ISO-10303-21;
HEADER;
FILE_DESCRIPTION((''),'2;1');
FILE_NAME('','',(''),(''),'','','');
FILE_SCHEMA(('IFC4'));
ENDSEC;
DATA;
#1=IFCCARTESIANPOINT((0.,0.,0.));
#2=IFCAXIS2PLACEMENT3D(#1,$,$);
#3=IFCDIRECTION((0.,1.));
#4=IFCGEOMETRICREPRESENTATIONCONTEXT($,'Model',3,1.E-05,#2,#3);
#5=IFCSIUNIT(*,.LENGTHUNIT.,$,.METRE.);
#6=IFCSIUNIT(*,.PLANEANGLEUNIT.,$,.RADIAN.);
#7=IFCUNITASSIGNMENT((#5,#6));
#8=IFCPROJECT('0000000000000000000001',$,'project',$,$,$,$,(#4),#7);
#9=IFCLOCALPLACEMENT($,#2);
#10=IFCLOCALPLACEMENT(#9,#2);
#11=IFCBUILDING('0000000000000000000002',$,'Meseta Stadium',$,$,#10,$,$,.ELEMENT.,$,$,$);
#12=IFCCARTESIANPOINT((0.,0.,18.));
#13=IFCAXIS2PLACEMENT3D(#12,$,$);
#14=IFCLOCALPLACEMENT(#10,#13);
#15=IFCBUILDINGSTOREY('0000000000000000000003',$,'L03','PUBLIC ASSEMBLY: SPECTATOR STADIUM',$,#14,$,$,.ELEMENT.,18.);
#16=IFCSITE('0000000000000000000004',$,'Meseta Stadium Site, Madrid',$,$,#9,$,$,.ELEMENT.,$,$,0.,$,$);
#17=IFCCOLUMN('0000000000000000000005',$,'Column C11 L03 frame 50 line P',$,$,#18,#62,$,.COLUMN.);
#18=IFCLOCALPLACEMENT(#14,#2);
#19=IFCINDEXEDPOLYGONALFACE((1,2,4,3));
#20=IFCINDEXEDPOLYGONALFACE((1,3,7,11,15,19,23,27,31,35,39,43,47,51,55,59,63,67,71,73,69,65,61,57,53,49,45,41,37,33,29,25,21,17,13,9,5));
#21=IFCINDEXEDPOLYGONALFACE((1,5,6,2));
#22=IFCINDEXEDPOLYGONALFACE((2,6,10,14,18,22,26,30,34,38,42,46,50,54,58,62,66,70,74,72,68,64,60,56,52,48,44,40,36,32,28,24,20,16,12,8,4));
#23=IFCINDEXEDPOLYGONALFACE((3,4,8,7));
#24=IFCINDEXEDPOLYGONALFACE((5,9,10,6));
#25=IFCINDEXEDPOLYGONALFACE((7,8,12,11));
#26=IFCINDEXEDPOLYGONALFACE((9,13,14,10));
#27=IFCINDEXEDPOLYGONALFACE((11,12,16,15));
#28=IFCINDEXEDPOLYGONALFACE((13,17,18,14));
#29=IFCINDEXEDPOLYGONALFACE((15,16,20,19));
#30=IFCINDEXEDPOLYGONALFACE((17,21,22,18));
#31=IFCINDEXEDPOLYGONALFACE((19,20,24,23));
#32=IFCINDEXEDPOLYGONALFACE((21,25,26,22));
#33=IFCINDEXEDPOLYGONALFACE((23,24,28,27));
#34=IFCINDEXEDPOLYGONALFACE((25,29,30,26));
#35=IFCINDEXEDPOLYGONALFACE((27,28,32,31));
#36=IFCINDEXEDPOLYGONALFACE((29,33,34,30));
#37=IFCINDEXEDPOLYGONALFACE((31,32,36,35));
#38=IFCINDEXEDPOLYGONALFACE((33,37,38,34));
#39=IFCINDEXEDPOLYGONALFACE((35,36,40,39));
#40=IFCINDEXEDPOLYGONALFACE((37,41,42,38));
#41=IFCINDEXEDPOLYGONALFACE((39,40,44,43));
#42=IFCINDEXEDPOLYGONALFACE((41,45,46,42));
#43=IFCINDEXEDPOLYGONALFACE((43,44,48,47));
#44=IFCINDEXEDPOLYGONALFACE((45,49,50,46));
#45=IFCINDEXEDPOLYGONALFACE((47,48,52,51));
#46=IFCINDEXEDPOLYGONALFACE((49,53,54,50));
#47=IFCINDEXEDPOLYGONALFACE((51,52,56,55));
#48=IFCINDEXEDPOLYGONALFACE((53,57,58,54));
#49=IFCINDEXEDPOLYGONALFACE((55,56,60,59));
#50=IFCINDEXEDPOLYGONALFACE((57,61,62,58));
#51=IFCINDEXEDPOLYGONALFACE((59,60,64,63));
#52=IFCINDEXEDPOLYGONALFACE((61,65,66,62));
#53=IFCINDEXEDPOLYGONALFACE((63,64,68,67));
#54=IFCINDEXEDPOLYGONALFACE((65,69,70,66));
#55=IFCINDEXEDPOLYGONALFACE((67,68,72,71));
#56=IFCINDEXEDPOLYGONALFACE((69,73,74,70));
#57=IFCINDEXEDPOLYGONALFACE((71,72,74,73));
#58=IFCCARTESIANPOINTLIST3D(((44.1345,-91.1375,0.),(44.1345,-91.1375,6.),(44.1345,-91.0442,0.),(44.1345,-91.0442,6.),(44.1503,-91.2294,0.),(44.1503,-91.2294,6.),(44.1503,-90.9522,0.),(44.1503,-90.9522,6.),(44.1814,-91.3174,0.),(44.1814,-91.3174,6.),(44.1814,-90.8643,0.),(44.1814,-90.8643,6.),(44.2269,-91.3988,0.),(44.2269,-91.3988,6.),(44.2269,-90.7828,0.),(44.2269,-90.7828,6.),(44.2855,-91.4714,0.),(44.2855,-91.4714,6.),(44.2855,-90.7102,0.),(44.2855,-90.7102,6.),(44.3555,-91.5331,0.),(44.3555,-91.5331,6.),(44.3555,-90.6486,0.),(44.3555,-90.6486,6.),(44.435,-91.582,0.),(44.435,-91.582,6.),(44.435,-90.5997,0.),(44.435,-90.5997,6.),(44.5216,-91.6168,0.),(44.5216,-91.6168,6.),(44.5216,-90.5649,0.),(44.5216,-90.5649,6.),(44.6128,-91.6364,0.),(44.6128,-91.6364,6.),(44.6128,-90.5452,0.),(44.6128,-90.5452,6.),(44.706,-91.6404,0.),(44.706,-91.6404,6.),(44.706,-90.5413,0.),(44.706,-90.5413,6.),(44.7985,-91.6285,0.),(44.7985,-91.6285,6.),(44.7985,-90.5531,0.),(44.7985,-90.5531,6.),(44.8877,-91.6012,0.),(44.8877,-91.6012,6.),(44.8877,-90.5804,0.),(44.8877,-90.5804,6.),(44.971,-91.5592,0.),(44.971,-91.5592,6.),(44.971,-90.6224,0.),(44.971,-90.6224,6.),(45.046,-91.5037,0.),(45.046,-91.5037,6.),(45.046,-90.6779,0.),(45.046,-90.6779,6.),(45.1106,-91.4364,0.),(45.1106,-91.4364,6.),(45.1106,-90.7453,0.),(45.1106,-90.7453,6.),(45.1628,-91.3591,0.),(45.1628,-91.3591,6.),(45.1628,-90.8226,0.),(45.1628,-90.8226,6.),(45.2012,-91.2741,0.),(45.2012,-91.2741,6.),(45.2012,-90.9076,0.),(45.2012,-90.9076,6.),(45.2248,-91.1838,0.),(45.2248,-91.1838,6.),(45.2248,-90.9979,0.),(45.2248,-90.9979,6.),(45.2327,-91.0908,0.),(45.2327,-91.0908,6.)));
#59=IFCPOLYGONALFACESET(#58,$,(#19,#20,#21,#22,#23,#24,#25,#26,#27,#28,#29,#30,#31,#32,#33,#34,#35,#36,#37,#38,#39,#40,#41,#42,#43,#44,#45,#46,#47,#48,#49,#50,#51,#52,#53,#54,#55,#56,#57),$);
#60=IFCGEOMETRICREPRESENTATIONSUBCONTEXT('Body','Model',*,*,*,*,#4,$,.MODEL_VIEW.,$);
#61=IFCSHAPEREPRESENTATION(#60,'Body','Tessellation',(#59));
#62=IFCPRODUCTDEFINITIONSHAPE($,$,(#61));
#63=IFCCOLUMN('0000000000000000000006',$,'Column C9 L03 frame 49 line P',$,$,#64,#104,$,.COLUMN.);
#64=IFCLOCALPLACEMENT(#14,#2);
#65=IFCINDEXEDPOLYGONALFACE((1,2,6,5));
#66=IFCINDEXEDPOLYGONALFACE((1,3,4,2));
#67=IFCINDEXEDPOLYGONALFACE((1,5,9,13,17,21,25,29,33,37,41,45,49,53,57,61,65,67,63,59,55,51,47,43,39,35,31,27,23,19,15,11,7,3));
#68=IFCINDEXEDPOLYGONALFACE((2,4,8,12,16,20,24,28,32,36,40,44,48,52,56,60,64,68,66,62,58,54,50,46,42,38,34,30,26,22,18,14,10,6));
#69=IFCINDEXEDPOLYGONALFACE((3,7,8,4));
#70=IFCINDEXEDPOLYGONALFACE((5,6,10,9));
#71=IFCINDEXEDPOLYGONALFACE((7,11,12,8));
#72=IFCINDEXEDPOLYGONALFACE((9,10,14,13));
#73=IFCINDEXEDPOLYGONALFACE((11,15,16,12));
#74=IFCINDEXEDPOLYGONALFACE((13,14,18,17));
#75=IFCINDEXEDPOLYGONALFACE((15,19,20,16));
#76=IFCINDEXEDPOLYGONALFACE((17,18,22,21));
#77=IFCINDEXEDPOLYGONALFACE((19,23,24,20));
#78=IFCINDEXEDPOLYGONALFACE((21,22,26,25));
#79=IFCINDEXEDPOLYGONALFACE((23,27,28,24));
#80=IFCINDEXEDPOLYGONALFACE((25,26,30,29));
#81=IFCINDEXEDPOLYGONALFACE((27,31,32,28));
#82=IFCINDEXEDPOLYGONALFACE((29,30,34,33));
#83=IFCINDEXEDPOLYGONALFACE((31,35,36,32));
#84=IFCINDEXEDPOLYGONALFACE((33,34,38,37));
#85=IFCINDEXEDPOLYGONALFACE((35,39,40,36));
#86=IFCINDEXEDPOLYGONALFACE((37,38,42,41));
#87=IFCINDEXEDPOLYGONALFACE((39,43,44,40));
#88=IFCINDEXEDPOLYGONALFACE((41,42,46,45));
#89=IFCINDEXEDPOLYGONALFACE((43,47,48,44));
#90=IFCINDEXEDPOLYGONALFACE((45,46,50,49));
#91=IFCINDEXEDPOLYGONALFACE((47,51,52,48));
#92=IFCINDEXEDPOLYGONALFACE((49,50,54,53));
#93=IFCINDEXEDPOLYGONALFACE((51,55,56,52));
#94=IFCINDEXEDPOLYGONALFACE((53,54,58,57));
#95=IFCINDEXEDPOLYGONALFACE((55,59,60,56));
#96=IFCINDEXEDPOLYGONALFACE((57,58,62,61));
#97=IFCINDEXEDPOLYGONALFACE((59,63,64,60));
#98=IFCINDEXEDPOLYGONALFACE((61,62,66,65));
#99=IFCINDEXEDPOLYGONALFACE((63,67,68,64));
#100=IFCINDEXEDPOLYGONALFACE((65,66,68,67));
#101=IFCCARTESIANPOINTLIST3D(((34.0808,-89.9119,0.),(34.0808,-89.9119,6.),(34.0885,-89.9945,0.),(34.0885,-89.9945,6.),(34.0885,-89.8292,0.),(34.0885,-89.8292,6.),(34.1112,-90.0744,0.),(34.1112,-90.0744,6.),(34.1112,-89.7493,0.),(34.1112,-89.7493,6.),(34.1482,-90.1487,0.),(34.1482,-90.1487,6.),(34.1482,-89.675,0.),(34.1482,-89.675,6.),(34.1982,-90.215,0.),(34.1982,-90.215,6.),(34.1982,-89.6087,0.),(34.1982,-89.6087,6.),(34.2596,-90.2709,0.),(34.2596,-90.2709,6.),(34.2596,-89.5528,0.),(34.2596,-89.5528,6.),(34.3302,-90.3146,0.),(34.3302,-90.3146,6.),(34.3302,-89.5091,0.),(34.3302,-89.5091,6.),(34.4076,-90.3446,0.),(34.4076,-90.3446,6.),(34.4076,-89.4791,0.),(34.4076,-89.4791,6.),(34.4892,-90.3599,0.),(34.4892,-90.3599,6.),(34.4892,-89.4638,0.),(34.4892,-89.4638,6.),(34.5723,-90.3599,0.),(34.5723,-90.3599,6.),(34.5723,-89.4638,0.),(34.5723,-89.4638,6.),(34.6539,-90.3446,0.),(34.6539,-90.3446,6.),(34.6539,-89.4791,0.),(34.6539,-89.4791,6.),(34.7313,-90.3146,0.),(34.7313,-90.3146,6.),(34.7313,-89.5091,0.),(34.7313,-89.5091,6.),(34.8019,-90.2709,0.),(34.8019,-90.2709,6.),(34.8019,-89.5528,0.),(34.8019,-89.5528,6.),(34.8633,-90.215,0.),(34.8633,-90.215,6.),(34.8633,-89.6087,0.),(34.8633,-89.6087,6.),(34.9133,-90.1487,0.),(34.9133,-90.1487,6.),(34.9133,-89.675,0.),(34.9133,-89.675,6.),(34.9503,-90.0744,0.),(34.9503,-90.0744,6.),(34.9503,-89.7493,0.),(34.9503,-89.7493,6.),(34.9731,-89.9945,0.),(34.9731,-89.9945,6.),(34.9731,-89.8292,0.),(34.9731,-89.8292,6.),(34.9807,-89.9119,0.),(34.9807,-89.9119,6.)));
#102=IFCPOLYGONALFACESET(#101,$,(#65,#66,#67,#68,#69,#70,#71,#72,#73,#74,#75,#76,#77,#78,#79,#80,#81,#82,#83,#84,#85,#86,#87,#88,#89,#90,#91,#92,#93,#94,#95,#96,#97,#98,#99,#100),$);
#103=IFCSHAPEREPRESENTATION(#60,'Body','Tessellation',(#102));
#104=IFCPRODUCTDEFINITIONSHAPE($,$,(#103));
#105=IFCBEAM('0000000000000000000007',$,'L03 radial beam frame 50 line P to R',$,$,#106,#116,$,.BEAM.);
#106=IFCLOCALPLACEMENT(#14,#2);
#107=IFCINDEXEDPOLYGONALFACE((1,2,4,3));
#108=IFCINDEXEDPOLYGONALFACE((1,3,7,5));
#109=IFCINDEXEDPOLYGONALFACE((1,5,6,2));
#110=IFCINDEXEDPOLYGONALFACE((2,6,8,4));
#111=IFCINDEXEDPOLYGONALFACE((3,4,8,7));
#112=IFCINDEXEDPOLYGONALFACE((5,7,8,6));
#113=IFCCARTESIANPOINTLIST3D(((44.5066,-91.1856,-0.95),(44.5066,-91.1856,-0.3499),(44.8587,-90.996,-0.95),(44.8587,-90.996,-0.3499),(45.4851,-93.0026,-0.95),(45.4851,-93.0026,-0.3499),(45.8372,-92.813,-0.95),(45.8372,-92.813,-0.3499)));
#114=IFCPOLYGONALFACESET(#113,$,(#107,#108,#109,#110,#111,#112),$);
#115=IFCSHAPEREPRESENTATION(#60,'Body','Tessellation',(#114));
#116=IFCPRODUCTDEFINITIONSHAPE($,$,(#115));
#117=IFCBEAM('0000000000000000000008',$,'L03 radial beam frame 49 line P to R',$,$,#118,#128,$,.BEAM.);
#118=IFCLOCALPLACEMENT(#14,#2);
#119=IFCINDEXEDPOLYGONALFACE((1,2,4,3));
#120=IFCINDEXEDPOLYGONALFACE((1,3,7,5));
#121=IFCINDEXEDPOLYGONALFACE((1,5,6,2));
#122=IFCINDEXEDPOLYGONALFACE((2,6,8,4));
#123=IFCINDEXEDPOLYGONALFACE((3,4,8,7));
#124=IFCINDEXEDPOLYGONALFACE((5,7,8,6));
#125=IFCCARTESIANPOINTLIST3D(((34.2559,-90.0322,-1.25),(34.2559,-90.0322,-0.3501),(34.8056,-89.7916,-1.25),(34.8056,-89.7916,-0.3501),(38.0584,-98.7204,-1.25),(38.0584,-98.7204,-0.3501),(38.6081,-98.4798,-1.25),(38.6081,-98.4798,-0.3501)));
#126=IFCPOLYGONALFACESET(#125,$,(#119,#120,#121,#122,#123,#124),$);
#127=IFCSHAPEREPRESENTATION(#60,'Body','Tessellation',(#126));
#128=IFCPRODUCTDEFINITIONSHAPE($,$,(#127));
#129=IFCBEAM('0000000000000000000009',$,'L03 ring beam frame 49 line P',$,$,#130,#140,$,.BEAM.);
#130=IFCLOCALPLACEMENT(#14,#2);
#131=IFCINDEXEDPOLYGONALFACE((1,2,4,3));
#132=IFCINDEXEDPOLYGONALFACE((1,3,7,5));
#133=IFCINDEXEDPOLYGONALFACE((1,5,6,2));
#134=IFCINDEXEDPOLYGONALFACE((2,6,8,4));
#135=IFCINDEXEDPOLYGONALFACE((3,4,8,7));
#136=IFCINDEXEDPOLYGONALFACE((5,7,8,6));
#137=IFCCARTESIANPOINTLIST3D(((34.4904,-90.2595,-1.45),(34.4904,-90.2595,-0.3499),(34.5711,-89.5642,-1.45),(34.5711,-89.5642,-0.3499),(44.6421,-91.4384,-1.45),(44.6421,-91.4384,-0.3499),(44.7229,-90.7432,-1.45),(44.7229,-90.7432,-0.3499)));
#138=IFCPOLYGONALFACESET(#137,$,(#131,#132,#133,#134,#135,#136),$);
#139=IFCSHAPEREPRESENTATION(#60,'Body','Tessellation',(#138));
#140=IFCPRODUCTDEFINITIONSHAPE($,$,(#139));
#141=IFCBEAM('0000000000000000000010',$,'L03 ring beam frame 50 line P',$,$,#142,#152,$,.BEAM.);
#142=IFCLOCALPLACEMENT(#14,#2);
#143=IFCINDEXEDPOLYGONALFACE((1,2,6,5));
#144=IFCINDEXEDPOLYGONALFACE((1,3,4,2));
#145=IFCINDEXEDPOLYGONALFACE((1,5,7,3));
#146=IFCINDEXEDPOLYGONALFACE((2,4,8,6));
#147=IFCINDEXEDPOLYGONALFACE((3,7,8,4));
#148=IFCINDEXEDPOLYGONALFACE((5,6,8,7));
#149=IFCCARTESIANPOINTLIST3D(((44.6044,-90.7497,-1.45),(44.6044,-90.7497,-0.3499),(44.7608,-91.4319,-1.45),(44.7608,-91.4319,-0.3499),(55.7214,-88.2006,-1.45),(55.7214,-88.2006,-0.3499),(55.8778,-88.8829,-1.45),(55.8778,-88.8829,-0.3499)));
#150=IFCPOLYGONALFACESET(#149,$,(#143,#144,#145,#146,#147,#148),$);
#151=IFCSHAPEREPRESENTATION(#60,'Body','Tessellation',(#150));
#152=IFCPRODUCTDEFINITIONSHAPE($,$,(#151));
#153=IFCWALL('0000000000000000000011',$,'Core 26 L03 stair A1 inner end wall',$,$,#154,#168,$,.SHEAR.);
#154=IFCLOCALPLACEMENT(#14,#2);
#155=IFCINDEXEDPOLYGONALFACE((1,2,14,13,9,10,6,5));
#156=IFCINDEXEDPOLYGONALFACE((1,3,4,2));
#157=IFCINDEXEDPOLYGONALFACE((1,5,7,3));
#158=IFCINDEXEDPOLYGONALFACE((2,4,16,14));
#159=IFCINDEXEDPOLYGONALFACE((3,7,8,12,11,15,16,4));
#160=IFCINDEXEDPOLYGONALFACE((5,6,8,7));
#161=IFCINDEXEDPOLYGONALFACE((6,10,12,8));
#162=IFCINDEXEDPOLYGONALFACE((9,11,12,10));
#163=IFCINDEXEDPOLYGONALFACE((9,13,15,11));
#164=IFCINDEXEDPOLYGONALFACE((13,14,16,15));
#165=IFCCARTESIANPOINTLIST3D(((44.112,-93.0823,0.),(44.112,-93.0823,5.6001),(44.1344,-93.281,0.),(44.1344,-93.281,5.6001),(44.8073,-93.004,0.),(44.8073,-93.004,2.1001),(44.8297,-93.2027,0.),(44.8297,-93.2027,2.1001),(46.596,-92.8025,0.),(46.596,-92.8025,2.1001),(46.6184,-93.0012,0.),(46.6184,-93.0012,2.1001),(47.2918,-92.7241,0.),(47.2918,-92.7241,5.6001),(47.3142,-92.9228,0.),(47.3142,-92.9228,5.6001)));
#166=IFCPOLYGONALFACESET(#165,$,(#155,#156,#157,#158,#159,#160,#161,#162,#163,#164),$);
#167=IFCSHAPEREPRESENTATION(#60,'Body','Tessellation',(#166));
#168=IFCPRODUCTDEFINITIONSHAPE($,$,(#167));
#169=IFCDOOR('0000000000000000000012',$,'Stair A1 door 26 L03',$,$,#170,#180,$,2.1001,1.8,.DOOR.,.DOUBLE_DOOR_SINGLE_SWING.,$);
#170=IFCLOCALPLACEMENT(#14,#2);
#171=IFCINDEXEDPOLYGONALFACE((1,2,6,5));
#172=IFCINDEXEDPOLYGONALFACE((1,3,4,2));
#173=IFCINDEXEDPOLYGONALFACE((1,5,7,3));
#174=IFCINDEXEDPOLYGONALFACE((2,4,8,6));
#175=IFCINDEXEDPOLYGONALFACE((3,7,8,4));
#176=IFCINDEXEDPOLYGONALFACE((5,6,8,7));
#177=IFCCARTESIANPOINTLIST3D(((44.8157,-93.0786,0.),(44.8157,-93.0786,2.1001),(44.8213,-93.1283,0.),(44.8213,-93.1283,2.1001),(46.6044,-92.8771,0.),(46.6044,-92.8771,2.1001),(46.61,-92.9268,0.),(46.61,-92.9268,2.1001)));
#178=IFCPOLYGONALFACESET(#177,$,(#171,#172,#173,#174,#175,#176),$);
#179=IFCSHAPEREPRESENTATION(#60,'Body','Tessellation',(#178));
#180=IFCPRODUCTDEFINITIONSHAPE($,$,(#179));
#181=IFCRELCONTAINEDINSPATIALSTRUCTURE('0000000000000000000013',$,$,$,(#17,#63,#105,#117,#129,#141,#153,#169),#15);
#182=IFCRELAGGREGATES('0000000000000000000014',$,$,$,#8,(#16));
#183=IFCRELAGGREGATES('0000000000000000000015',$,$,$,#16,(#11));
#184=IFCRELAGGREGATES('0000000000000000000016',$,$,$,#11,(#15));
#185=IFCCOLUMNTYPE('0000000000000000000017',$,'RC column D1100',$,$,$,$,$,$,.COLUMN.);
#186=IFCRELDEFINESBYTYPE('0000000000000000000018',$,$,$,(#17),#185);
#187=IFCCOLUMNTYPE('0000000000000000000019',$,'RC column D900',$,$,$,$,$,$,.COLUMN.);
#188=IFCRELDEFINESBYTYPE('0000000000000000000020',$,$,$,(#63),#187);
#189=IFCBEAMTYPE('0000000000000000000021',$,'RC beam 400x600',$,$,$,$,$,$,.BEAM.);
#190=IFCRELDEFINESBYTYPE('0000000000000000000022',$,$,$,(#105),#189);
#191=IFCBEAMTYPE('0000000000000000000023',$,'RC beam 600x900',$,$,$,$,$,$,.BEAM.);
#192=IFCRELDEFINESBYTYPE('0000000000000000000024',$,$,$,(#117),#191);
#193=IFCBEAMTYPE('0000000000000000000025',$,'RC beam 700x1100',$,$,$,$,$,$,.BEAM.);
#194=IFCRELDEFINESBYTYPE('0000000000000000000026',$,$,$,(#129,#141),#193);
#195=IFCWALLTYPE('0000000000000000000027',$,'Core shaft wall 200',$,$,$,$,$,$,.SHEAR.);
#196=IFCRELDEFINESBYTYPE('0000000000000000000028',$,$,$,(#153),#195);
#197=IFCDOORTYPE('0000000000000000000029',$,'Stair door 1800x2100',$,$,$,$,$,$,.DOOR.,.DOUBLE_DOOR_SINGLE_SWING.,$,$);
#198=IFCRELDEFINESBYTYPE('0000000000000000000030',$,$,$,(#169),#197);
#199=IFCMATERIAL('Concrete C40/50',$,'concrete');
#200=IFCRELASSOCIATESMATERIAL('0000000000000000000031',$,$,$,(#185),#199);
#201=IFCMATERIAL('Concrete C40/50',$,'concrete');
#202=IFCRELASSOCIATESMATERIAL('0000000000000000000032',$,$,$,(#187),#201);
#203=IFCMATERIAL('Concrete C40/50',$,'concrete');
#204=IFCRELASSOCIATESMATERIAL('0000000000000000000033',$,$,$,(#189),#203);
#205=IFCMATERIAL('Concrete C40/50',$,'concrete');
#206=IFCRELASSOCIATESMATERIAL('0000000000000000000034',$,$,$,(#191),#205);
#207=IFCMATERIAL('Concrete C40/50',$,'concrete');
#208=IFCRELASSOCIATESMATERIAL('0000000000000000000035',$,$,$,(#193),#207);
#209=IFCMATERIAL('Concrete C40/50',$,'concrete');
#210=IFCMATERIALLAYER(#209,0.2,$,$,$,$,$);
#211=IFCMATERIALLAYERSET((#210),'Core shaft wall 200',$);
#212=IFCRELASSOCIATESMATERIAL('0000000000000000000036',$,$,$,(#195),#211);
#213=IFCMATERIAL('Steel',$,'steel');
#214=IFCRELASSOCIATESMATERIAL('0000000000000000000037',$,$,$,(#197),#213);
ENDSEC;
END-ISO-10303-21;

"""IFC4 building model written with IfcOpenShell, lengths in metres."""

from ifc_helpers import new_model, si_unit, direction, frame, frame_2d, origin, origin_2d, place, context, subcontext, project, spatial, rectangle, circle, extrude, material, layer, layer_set, material_profile, profile_set, type_object, element, fill, save


model = new_model("IFC4")

# Units and contexts
model_context = context("Model", 3, precision=1e-05, world=origin(), true_north=direction((0.0, 1.0)))
body_context = subcontext(model_context, "Body", "Model", "MODEL_VIEW")
ifc_project = project(units=[si_unit("LENGTHUNIT", "METRE"), si_unit("PLANEANGLEUNIT", "RADIAN")], contexts=[model_context])

# Site, building, storey
site_placement = place(None, origin())
site = spatial("IfcSite", under=ifc_project, at=site_placement, Name="Meseta Stadium Site, Madrid", CompositionType="ELEMENT", RefElevation=0.0)
building_placement = place(site_placement, origin())
building = spatial("IfcBuilding", under=site, at=building_placement, Name="Meseta Stadium", CompositionType="ELEMENT")
storey_placement = place(building_placement, frame((0.0, 0.0, 18.0)))
storey = spatial("IfcBuildingStorey", under=building, at=storey_placement, Name="L03", Description="PUBLIC ASSEMBLY: SPECTATOR STADIUM", CompositionType="ELEMENT", Elevation=18.0)

# Columns
ifc_material_1 = material(Name="Concrete C40/50", Category="concrete")
ifc_material_profile_1 = material_profile(ifc_material_1, circle(Radius=0.55, at=origin_2d()), Name="RC D1100")
ifc_profile_set_1 = profile_set([ifc_material_profile_1], Name="Concrete C40/50")
column_type_1 = type_object("IfcColumnType", Name="RC column D1100", PredefinedType="COLUMN", material=ifc_profile_set_1)
column_1_placement = place(storey_placement, frame((44.6826, -91.0908, 0.0), z_axis=(0.0, 0.0, 1.0), x_axis=(1.0, 0.0, 0.0)))
element("IfcColumn", 1, at=column_1_placement, inside=storey, type_object=column_type_1, Name="Column C11 L03 frame 50 line P", PredefinedType="COLUMN", context=body_context, shape_type="SweptSolid", body=[
    extrude(circle(Radius=0.55, at=origin_2d()), origin(), (0.0, 0.0, 1.0), 6.0),
])
ifc_material_2 = material(Name="Concrete C40/50", Category="concrete")
ifc_material_profile_2 = material_profile(ifc_material_2, circle(Radius=0.45, at=origin_2d()), Name="RC D900")
ifc_profile_set_2 = profile_set([ifc_material_profile_2], Name="Concrete C40/50")
column_type_2 = type_object("IfcColumnType", Name="RC column D900", PredefinedType="COLUMN", material=ifc_profile_set_2)
column_2_placement = place(storey_placement, frame((34.5308, -89.9119, 0.0), z_axis=(0.0, 0.0, 1.0), x_axis=(1.0, 0.0, 0.0)))
element("IfcColumn", 2, at=column_2_placement, inside=storey, type_object=column_type_2, Name="Column C9 L03 frame 49 line P", PredefinedType="COLUMN", context=body_context, shape_type="SweptSolid", body=[
    extrude(circle(Radius=0.45, at=origin_2d()), origin(), (0.0, 0.0, 1.0), 6.0),
])

# Beams
ifc_material_3 = material(Name="Concrete C40/50", Category="concrete")
ifc_material_profile_3 = material_profile(ifc_material_3, rectangle(XDim=0.3999, YDim=0.6001, at=origin_2d()), Name="RC 400x600")
ifc_profile_set_3 = profile_set([ifc_material_profile_3], Name="Concrete C40/50")
beam_type_1 = type_object("IfcBeamType", Name="RC beam 400x600", PredefinedType="BEAM", material=ifc_profile_set_3)
beam_1_placement = place(storey_placement, frame((44.6826, -91.0908, -0.6499), z_axis=(0.47417, -0.880433, 0.0), x_axis=(0.880433, 0.47417, 0.0)))
element("IfcBeam", 3, at=beam_1_placement, inside=storey, type_object=beam_type_1, Name="L03 radial beam frame 50 line P to R", PredefinedType="BEAM", context=body_context, shape_type="SweptSolid", body=[
    extrude(rectangle(XDim=0.3999, YDim=0.6001, at=origin_2d()), origin(), (0.0, 0.0, 1.0), 2.0637),
])
ifc_material_4 = material(Name="Concrete C40/50", Category="concrete")
ifc_material_profile_4 = material_profile(ifc_material_4, rectangle(XDim=0.6001, YDim=0.8999, at=origin_2d()), Name="RC 600x900")
ifc_profile_set_4 = profile_set([ifc_material_profile_4], Name="Concrete C40/50")
beam_type_2 = type_object("IfcBeamType", Name="RC beam 600x900", PredefinedType="BEAM", material=ifc_profile_set_4)
beam_2_placement = place(storey_placement, frame((34.5308, -89.9119, -0.8), z_axis=(0.400942, -0.916104, 0.0), x_axis=(0.916104, 0.400942, 0.0)))
element("IfcBeam", 4, at=beam_2_placement, inside=storey, type_object=beam_type_2, Name="L03 radial beam frame 49 line P to R", PredefinedType="BEAM", context=body_context, shape_type="SweptSolid", body=[
    extrude(rectangle(XDim=0.6001, YDim=0.8999, at=origin_2d()), origin(), (0.0, 0.0, 1.0), 9.4839),
])
ifc_material_5 = material(Name="Concrete C40/50", Category="concrete")
ifc_material_profile_5 = material_profile(ifc_material_5, rectangle(XDim=0.7, YDim=1.1001, at=origin_2d()), Name="RC 700x1100")
ifc_profile_set_5 = profile_set([ifc_material_profile_5], Name="Concrete C40/50")
beam_type_3 = type_object("IfcBeamType", Name="RC beam 700x1100", PredefinedType="BEAM", material=ifc_profile_set_5)
beam_3_placement = place(storey_placement, frame((34.5308, -89.9119, -0.8999), z_axis=(0.993324, -0.115357, 0.0), x_axis=(0.115357, 0.993324, 0.0)))
element("IfcBeam", 5, at=beam_3_placement, inside=storey, type_object=beam_type_3, Name="L03 ring beam frame 49 line P", PredefinedType="BEAM", context=body_context, shape_type="SweptSolid", body=[
    extrude(rectangle(XDim=0.7, YDim=1.1001, at=origin_2d()), origin(), (0.0, 0.0, 1.0), 10.22),
])
beam_4_placement = place(storey_placement, frame((44.6826, -91.0908, -0.8999), z_axis=(0.974705, 0.223496, 0.0), x_axis=(-0.223496, 0.974705, 0.0)))
element("IfcBeam", 6, at=beam_4_placement, inside=storey, type_object=beam_type_3, Name="L03 ring beam frame 50 line P", PredefinedType="BEAM", context=body_context, shape_type="SweptSolid", body=[
    extrude(rectangle(XDim=0.7, YDim=1.1001, at=origin_2d()), origin(), (0.0, 0.0, 1.0), 11.4055),
])

# Wall, opening, door
ifc_material_6 = material(Name="Concrete C40/50", Category="concrete")
ifc_layer_1 = layer(ifc_material_6, 0.2)
ifc_layer_set_1 = layer_set([ifc_layer_1], Name="Core shaft wall 200")
wall_type_1 = type_object("IfcWallType", Name="Core shaft wall 200", PredefinedType="SHEAR", material=ifc_layer_set_1)
wall_1_placement = place(storey_placement, frame((44.123, -93.1816, 0.0), z_axis=(0.0, 0.0, 1.0), x_axis=(0.993717, 0.111922, 0.0)))
wall_1 = element("IfcWall", 7, at=wall_1_placement, inside=storey, type_object=wall_type_1, Name="Core 26 L03 stair A1 inner end wall", PredefinedType="SHEAR", context=body_context, shape_type="SweptSolid", body=[
    extrude(rectangle(XDim=3.2, YDim=0.2, at=frame_2d((1.6001, 0.0))), origin(), (0.0, 0.0, 1.0), 5.6001),
])
opening_1_placement = place(wall_1_placement, frame((0.7, 0.0, 0.0)))
opening_1 = element("IfcOpeningElement", 8, at=opening_1_placement, cuts=wall_1, PredefinedType="OPENING", context=body_context, shape_type="SweptSolid", body=[
    extrude(rectangle(XDim=1.8, YDim=2.1001, at=frame_2d((0.8999, 1.05))), frame((0.0, 0.1099, 0.0), z_axis=(0.0, -1.0, 0.0), x_axis=(1.0, 0.0, 0.0)), (0.0, 0.0, 1.0), 0.22),
])
ifc_material_7 = material(Name="Steel", Category="steel")
door_type = type_object("IfcDoorType", Name="Stair door 1800x2100", OperationType="DOUBLE_DOOR_SINGLE_SWING", PredefinedType="DOOR", material=ifc_material_7)
door_1_placement = place(opening_1_placement, origin())
door_1 = element("IfcDoor", 9, at=door_1_placement, inside=storey, type_object=door_type, Name="Stair A1 door 26 L03", OperationType="DOUBLE_DOOR_SINGLE_SWING", OverallHeight=2.1001, OverallWidth=1.8, PredefinedType="DOOR", context=body_context, shape_type="SweptSolid", body=[
    extrude(rectangle(XDim=1.8, YDim=2.1001, at=frame_2d((0.8999, 1.05))), frame((0.0, 0.0249, 0.0), z_axis=(0.0, -1.0, 0.0), x_axis=(1.0, 0.0, 0.0)), (0.0, 0.0, 1.0), 0.05),
])
fill(opening_1, door_1)

save(model, "model.ifc")
